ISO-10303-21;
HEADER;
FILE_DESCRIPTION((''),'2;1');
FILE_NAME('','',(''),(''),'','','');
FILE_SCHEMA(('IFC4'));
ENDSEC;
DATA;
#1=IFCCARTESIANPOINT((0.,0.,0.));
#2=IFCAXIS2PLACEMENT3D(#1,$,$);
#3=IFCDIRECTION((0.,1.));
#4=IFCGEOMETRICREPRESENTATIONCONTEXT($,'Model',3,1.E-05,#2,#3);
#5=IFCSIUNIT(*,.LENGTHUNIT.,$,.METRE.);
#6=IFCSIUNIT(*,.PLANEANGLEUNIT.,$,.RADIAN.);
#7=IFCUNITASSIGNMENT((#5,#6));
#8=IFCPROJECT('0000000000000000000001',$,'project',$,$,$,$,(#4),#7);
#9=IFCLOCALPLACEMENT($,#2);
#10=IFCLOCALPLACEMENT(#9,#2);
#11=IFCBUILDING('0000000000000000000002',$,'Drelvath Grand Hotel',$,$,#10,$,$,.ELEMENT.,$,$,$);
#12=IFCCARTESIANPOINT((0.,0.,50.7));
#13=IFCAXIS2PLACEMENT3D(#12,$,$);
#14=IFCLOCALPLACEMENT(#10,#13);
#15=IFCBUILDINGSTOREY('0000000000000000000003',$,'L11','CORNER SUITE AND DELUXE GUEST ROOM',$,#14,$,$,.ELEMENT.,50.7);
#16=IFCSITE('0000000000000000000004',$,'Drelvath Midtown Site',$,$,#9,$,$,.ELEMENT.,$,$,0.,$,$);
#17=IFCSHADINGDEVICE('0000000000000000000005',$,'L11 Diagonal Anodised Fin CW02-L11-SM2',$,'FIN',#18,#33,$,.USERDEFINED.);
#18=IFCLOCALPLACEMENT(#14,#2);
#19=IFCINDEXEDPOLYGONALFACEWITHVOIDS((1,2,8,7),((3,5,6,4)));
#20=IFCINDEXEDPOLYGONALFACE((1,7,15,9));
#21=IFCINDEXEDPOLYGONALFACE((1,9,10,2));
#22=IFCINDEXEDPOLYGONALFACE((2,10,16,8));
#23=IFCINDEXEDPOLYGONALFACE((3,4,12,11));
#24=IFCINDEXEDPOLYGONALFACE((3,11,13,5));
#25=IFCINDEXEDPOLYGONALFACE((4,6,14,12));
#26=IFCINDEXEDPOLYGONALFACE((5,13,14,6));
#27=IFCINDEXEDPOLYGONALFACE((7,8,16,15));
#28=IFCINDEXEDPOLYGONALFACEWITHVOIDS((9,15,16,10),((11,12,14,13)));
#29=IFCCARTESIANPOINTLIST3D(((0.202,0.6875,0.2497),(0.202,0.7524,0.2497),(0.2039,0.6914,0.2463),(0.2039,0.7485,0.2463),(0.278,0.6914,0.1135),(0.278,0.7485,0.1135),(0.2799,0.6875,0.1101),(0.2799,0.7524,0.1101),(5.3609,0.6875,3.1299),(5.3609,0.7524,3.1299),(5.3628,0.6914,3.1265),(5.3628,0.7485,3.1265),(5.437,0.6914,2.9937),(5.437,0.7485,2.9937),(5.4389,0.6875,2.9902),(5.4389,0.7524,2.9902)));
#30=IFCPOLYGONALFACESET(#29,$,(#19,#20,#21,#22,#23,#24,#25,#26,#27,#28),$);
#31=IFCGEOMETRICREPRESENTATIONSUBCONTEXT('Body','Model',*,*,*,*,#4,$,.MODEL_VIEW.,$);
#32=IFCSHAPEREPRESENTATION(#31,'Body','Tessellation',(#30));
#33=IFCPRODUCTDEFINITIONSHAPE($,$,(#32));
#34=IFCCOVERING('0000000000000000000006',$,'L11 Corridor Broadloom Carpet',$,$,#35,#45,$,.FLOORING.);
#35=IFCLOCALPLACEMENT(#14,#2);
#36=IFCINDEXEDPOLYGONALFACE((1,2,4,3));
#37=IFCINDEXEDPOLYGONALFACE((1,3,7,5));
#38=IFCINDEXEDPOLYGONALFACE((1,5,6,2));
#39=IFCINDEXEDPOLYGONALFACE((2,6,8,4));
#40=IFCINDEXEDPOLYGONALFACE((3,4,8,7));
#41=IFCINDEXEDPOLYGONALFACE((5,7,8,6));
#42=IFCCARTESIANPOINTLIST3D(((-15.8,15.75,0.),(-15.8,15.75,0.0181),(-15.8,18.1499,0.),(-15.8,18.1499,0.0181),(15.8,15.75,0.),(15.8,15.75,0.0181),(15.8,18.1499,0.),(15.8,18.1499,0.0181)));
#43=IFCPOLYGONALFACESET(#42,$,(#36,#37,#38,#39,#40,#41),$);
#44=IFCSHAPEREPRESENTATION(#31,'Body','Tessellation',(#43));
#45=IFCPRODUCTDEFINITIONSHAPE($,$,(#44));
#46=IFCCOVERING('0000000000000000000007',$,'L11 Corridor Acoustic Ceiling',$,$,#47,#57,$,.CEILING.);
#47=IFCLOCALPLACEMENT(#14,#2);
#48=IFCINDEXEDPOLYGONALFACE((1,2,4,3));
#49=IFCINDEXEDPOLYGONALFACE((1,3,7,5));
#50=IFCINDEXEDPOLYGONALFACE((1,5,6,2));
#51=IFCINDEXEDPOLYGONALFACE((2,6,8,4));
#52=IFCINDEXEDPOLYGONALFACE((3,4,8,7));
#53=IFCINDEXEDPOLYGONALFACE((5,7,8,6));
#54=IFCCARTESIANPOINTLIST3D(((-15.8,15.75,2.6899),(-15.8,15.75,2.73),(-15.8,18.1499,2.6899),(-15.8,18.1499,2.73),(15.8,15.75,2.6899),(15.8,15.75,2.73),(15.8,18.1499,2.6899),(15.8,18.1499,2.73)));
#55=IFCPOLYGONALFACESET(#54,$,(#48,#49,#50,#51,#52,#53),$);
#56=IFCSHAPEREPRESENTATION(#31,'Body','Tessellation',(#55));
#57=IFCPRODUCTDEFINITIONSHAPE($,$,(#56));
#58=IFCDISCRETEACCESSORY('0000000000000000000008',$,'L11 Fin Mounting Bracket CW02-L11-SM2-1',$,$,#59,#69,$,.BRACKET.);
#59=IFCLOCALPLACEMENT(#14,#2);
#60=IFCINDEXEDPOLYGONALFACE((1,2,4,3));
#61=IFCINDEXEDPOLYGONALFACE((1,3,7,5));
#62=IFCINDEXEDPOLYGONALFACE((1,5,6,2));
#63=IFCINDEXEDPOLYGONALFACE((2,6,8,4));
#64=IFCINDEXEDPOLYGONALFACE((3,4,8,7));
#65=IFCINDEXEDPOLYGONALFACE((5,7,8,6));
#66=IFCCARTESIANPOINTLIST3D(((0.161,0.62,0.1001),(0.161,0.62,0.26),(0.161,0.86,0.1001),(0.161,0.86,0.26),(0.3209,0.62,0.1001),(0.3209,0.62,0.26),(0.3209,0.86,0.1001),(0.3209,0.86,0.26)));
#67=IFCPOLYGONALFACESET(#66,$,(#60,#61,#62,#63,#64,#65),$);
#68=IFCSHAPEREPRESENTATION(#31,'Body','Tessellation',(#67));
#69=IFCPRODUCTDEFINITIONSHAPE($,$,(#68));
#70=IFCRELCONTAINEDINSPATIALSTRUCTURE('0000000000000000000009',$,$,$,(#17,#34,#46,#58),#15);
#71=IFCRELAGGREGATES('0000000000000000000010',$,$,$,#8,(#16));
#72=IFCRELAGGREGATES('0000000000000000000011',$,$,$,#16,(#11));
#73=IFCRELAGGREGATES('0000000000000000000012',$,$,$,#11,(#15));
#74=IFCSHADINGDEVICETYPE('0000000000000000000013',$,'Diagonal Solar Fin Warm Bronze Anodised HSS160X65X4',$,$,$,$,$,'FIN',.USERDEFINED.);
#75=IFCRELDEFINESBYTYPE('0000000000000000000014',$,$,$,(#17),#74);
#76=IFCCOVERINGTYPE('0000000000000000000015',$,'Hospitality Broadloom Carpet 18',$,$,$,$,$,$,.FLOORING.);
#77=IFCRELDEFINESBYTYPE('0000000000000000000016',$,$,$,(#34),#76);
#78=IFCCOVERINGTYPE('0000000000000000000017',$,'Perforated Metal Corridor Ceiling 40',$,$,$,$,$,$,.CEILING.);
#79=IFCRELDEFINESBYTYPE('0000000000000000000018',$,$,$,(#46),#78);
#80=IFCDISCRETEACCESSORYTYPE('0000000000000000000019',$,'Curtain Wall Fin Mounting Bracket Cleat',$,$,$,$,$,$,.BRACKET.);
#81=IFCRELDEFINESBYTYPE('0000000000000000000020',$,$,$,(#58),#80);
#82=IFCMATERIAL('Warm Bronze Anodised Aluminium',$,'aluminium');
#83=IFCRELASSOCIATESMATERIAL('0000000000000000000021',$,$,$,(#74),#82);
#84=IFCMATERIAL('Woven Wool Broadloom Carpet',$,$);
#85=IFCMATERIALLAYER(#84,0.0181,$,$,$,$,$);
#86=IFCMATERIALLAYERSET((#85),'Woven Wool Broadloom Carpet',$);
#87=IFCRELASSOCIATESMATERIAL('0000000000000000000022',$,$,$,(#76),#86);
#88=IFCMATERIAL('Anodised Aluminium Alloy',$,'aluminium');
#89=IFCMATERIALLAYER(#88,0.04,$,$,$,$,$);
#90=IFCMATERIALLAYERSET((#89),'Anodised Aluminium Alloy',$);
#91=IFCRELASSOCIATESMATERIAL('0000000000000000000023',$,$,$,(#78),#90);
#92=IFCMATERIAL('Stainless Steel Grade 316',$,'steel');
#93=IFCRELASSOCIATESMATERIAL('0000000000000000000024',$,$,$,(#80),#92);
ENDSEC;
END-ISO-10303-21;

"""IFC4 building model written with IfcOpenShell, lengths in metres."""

from ifc_helpers import new_model, si_unit, direction, frame, origin, origin_2d, place, context, subcontext, project, spatial, polyline, rectangle, hollow_rectangle, outline, extrude, material, layer, layer_set, material_profile, profile_set, type_object, element, save


model = new_model("IFC4")

# Units and contexts
model_context = context("Model", 3, precision=1e-05, world=origin(), true_north=direction((0.0, 1.0)))
body_context = subcontext(model_context, "Body", "Model", "MODEL_VIEW")
ifc_project = project(units=[si_unit("LENGTHUNIT", "METRE"), si_unit("PLANEANGLEUNIT", "RADIAN")], contexts=[model_context])

# Site, building, storey
site_placement = place(None, origin())
site = spatial("IfcSite", under=ifc_project, at=site_placement, Name="Drelvath Midtown Site", CompositionType="ELEMENT", RefElevation=0.0)
building_placement = place(site_placement, origin())
building = spatial("IfcBuilding", under=site, at=building_placement, Name="Drelvath Grand Hotel", CompositionType="ELEMENT")
storey_placement = place(building_placement, frame((0.0, 0.0, 50.7)))
storey = spatial("IfcBuildingStorey", under=building, at=storey_placement, Name="L11", Description="CORNER SUITE AND DELUXE GUEST ROOM", CompositionType="ELEMENT", Elevation=50.7)

# Shading device
ifc_material_1 = material(Name="Warm Bronze Anodised Aluminium", Category="aluminium")
ifc_material_profile_1 = material_profile(ifc_material_1, hollow_rectangle(XDim=0.0649, YDim=0.1599, WallThickness=0.0039, at=origin_2d()), Name="HSS160X65X4")
ifc_profile_set_1 = profile_set([ifc_material_profile_1], Name="Warm Bronze Anodised Aluminium")
shading_device_type = type_object("IfcShadingDeviceType", Name="Diagonal Solar Fin Warm Bronze Anodised HSS160X65X4", ElementType="FIN", PredefinedType="USERDEFINED", material=ifc_profile_set_1)
shading_device_placement = place(storey_placement, frame((0.241, 0.72, 0.1799), z_axis=(0.873146, 0.0, 0.487459), x_axis=(0.0, 1.0, 0.0)))
element("IfcShadingDevice", 1, at=shading_device_placement, inside=storey, type_object=shading_device_type, Name="L11 Diagonal Anodised Fin CW02-L11-SM2", ObjectType="FIN", PredefinedType="USERDEFINED", context=body_context, shape_type="SweptSolid", body=[
    extrude(hollow_rectangle(XDim=0.0649, YDim=0.1599, WallThickness=0.0039, at=origin_2d()), origin(), (0.0, 0.0, 1.0), 5.9084),
])

# Coverings
ifc_material_2 = material(Name="Woven Wool Broadloom Carpet")
ifc_layer_1 = layer(ifc_material_2, 0.0181)
ifc_layer_set_1 = layer_set([ifc_layer_1], Name="Woven Wool Broadloom Carpet")
covering_type_1 = type_object("IfcCoveringType", Name="Hospitality Broadloom Carpet 18", PredefinedType="FLOORING", material=ifc_layer_set_1)
covering_1_placement = place(storey_placement, origin())
element("IfcCovering", 2, at=covering_1_placement, inside=storey, type_object=covering_type_1, Name="L11 Corridor Broadloom Carpet", PredefinedType="FLOORING", context=body_context, shape_type="SweptSolid", body=[
    extrude(outline(polyline([(15.8, 15.75), (15.8, 18.1499), (-15.8, 18.1499), (-15.8, 15.75), (15.8, 15.75)])), origin(), (0.0, 0.0, 1.0), 0.0181),
])
ifc_material_3 = material(Name="Anodised Aluminium Alloy", Category="aluminium")
ifc_layer_2 = layer(ifc_material_3, 0.04)
ifc_layer_set_2 = layer_set([ifc_layer_2], Name="Anodised Aluminium Alloy")
covering_type_2 = type_object("IfcCoveringType", Name="Perforated Metal Corridor Ceiling 40", PredefinedType="CEILING", material=ifc_layer_set_2)
covering_2_placement = place(storey_placement, frame((0.0, 0.0, 2.6899)))
element("IfcCovering", 3, at=covering_2_placement, inside=storey, type_object=covering_type_2, Name="L11 Corridor Acoustic Ceiling", PredefinedType="CEILING", context=body_context, shape_type="SweptSolid", body=[
    extrude(outline(polyline([(15.8, 15.75), (15.8, 18.1499), (-15.8, 18.1499), (-15.8, 15.75), (15.8, 15.75)])), origin(), (0.0, 0.0, 1.0), 0.04),
])

# Discrete accessory
ifc_material_4 = material(Name="Stainless Steel Grade 316", Category="steel")
discrete_accessory_type = type_object("IfcDiscreteAccessoryType", Name="Curtain Wall Fin Mounting Bracket Cleat", PredefinedType="BRACKET", material=ifc_material_4)
discrete_accessory_placement = place(storey_placement, frame((0.241, 0.74, 0.1001), z_axis=(0.0, 0.0, 1.0), x_axis=(-1.0, 0.0, 0.0)))
element("IfcDiscreteAccessory", 4, at=discrete_accessory_placement, inside=storey, type_object=discrete_accessory_type, Name="L11 Fin Mounting Bracket CW02-L11-SM2-1", PredefinedType="BRACKET", context=body_context, shape_type="SweptSolid", body=[
    extrude(rectangle(XDim=0.1599, YDim=0.24, at=origin_2d()), origin(), (0.0, 0.0, 1.0), 0.1599),
])

save(model, "model.ifc")
